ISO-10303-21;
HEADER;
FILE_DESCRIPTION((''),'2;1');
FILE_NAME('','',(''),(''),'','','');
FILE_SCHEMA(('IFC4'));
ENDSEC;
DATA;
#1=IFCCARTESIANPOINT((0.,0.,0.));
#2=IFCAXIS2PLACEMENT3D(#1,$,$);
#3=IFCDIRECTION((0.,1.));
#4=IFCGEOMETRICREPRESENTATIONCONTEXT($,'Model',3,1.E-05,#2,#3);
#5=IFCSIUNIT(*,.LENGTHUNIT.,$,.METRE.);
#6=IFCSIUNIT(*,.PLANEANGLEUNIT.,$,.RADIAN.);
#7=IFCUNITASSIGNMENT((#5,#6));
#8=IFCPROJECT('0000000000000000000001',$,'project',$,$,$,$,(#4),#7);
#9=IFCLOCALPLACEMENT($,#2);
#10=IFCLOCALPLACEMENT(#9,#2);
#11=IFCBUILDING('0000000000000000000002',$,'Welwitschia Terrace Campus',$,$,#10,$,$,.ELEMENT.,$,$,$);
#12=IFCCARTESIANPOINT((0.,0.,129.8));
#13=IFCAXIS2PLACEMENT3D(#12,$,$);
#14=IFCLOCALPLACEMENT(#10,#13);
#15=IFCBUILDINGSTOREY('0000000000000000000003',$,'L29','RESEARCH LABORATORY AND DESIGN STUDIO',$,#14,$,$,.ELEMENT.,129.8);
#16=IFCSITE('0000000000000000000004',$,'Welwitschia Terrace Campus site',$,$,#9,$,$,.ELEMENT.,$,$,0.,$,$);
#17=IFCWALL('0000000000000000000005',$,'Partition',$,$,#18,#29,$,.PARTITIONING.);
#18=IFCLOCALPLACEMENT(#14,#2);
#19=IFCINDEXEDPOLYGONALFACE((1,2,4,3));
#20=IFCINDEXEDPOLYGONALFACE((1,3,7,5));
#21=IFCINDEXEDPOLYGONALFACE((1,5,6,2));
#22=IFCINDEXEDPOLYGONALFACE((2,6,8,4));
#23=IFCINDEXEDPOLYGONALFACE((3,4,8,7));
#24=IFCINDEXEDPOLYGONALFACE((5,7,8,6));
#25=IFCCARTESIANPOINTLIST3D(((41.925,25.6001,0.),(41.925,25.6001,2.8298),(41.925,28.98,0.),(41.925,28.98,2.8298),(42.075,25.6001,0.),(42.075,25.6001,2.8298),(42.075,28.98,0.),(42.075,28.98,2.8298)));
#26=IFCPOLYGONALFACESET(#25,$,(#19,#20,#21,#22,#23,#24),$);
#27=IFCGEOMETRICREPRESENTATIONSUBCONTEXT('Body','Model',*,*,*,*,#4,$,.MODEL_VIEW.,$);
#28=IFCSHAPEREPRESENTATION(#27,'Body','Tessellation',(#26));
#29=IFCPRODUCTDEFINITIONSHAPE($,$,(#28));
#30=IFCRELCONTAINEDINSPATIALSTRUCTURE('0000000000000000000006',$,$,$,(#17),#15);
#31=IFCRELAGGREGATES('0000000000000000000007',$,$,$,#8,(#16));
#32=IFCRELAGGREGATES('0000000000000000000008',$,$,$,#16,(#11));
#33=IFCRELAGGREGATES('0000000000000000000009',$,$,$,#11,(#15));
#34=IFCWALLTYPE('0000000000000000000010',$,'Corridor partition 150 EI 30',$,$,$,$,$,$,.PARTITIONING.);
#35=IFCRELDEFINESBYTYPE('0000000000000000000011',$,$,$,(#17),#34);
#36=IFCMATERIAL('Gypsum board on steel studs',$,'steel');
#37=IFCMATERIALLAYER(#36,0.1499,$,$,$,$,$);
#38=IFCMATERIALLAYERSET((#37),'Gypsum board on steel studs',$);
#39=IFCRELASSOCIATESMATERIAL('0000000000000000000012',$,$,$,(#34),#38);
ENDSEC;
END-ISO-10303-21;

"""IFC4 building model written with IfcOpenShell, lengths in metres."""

from ifc_helpers import new_model, si_unit, direction, frame, frame_2d, origin, place, context, subcontext, project, spatial, rectangle, extrude, material, layer, layer_set, type_object, element, save


model = new_model("IFC4")

# Units and contexts
model_context = context("Model", 3, precision=1e-05, world=origin(), true_north=direction((0.0, 1.0)))
body_context = subcontext(model_context, "Body", "Model", "MODEL_VIEW")
ifc_project = project(units=[si_unit("LENGTHUNIT", "METRE"), si_unit("PLANEANGLEUNIT", "RADIAN")], contexts=[model_context])

# Site, building, storey
site_placement = place(None, origin())
site = spatial("IfcSite", under=ifc_project, at=site_placement, Name="Welwitschia Terrace Campus site", CompositionType="ELEMENT", RefElevation=0.0)
building_placement = place(site_placement, origin())
building = spatial("IfcBuilding", under=site, at=building_placement, Name="Welwitschia Terrace Campus", CompositionType="ELEMENT")
storey_placement = place(building_placement, frame((0.0, 0.0, 129.8)))
storey = spatial("IfcBuildingStorey", under=building, at=storey_placement, Name="L29", Description="RESEARCH LABORATORY AND DESIGN STUDIO", CompositionType="ELEMENT", Elevation=129.8)

# Shared definitions
ifc_material_1 = material(Name="Gypsum board on steel studs", Category="steel")
ifc_layer_1 = layer(ifc_material_1, 0.1499)
ifc_layer_set_1 = layer_set([ifc_layer_1], Name="Gypsum board on steel studs")
wall_type = type_object("IfcWallType", Name="Corridor partition 150 EI 30", PredefinedType="PARTITIONING", material=ifc_layer_set_1)

# Wall
wall_1_placement = place(storey_placement, frame((42.0, 25.6001, 0.0), z_axis=(0.0, 0.0, 1.0), x_axis=(0.0, 1.0, 0.0)))
element("IfcWall", 1, at=wall_1_placement, inside=storey, type_object=wall_type, Name="Partition", PredefinedType="PARTITIONING", context=body_context, shape_type="SweptSolid", body=[
    extrude(rectangle(XDim=3.3799, YDim=0.1499, at=frame_2d((1.6899, 0.0))), origin(), (0.0, 0.0, 1.0), 2.8298),
])

save(model, "model.ifc")
